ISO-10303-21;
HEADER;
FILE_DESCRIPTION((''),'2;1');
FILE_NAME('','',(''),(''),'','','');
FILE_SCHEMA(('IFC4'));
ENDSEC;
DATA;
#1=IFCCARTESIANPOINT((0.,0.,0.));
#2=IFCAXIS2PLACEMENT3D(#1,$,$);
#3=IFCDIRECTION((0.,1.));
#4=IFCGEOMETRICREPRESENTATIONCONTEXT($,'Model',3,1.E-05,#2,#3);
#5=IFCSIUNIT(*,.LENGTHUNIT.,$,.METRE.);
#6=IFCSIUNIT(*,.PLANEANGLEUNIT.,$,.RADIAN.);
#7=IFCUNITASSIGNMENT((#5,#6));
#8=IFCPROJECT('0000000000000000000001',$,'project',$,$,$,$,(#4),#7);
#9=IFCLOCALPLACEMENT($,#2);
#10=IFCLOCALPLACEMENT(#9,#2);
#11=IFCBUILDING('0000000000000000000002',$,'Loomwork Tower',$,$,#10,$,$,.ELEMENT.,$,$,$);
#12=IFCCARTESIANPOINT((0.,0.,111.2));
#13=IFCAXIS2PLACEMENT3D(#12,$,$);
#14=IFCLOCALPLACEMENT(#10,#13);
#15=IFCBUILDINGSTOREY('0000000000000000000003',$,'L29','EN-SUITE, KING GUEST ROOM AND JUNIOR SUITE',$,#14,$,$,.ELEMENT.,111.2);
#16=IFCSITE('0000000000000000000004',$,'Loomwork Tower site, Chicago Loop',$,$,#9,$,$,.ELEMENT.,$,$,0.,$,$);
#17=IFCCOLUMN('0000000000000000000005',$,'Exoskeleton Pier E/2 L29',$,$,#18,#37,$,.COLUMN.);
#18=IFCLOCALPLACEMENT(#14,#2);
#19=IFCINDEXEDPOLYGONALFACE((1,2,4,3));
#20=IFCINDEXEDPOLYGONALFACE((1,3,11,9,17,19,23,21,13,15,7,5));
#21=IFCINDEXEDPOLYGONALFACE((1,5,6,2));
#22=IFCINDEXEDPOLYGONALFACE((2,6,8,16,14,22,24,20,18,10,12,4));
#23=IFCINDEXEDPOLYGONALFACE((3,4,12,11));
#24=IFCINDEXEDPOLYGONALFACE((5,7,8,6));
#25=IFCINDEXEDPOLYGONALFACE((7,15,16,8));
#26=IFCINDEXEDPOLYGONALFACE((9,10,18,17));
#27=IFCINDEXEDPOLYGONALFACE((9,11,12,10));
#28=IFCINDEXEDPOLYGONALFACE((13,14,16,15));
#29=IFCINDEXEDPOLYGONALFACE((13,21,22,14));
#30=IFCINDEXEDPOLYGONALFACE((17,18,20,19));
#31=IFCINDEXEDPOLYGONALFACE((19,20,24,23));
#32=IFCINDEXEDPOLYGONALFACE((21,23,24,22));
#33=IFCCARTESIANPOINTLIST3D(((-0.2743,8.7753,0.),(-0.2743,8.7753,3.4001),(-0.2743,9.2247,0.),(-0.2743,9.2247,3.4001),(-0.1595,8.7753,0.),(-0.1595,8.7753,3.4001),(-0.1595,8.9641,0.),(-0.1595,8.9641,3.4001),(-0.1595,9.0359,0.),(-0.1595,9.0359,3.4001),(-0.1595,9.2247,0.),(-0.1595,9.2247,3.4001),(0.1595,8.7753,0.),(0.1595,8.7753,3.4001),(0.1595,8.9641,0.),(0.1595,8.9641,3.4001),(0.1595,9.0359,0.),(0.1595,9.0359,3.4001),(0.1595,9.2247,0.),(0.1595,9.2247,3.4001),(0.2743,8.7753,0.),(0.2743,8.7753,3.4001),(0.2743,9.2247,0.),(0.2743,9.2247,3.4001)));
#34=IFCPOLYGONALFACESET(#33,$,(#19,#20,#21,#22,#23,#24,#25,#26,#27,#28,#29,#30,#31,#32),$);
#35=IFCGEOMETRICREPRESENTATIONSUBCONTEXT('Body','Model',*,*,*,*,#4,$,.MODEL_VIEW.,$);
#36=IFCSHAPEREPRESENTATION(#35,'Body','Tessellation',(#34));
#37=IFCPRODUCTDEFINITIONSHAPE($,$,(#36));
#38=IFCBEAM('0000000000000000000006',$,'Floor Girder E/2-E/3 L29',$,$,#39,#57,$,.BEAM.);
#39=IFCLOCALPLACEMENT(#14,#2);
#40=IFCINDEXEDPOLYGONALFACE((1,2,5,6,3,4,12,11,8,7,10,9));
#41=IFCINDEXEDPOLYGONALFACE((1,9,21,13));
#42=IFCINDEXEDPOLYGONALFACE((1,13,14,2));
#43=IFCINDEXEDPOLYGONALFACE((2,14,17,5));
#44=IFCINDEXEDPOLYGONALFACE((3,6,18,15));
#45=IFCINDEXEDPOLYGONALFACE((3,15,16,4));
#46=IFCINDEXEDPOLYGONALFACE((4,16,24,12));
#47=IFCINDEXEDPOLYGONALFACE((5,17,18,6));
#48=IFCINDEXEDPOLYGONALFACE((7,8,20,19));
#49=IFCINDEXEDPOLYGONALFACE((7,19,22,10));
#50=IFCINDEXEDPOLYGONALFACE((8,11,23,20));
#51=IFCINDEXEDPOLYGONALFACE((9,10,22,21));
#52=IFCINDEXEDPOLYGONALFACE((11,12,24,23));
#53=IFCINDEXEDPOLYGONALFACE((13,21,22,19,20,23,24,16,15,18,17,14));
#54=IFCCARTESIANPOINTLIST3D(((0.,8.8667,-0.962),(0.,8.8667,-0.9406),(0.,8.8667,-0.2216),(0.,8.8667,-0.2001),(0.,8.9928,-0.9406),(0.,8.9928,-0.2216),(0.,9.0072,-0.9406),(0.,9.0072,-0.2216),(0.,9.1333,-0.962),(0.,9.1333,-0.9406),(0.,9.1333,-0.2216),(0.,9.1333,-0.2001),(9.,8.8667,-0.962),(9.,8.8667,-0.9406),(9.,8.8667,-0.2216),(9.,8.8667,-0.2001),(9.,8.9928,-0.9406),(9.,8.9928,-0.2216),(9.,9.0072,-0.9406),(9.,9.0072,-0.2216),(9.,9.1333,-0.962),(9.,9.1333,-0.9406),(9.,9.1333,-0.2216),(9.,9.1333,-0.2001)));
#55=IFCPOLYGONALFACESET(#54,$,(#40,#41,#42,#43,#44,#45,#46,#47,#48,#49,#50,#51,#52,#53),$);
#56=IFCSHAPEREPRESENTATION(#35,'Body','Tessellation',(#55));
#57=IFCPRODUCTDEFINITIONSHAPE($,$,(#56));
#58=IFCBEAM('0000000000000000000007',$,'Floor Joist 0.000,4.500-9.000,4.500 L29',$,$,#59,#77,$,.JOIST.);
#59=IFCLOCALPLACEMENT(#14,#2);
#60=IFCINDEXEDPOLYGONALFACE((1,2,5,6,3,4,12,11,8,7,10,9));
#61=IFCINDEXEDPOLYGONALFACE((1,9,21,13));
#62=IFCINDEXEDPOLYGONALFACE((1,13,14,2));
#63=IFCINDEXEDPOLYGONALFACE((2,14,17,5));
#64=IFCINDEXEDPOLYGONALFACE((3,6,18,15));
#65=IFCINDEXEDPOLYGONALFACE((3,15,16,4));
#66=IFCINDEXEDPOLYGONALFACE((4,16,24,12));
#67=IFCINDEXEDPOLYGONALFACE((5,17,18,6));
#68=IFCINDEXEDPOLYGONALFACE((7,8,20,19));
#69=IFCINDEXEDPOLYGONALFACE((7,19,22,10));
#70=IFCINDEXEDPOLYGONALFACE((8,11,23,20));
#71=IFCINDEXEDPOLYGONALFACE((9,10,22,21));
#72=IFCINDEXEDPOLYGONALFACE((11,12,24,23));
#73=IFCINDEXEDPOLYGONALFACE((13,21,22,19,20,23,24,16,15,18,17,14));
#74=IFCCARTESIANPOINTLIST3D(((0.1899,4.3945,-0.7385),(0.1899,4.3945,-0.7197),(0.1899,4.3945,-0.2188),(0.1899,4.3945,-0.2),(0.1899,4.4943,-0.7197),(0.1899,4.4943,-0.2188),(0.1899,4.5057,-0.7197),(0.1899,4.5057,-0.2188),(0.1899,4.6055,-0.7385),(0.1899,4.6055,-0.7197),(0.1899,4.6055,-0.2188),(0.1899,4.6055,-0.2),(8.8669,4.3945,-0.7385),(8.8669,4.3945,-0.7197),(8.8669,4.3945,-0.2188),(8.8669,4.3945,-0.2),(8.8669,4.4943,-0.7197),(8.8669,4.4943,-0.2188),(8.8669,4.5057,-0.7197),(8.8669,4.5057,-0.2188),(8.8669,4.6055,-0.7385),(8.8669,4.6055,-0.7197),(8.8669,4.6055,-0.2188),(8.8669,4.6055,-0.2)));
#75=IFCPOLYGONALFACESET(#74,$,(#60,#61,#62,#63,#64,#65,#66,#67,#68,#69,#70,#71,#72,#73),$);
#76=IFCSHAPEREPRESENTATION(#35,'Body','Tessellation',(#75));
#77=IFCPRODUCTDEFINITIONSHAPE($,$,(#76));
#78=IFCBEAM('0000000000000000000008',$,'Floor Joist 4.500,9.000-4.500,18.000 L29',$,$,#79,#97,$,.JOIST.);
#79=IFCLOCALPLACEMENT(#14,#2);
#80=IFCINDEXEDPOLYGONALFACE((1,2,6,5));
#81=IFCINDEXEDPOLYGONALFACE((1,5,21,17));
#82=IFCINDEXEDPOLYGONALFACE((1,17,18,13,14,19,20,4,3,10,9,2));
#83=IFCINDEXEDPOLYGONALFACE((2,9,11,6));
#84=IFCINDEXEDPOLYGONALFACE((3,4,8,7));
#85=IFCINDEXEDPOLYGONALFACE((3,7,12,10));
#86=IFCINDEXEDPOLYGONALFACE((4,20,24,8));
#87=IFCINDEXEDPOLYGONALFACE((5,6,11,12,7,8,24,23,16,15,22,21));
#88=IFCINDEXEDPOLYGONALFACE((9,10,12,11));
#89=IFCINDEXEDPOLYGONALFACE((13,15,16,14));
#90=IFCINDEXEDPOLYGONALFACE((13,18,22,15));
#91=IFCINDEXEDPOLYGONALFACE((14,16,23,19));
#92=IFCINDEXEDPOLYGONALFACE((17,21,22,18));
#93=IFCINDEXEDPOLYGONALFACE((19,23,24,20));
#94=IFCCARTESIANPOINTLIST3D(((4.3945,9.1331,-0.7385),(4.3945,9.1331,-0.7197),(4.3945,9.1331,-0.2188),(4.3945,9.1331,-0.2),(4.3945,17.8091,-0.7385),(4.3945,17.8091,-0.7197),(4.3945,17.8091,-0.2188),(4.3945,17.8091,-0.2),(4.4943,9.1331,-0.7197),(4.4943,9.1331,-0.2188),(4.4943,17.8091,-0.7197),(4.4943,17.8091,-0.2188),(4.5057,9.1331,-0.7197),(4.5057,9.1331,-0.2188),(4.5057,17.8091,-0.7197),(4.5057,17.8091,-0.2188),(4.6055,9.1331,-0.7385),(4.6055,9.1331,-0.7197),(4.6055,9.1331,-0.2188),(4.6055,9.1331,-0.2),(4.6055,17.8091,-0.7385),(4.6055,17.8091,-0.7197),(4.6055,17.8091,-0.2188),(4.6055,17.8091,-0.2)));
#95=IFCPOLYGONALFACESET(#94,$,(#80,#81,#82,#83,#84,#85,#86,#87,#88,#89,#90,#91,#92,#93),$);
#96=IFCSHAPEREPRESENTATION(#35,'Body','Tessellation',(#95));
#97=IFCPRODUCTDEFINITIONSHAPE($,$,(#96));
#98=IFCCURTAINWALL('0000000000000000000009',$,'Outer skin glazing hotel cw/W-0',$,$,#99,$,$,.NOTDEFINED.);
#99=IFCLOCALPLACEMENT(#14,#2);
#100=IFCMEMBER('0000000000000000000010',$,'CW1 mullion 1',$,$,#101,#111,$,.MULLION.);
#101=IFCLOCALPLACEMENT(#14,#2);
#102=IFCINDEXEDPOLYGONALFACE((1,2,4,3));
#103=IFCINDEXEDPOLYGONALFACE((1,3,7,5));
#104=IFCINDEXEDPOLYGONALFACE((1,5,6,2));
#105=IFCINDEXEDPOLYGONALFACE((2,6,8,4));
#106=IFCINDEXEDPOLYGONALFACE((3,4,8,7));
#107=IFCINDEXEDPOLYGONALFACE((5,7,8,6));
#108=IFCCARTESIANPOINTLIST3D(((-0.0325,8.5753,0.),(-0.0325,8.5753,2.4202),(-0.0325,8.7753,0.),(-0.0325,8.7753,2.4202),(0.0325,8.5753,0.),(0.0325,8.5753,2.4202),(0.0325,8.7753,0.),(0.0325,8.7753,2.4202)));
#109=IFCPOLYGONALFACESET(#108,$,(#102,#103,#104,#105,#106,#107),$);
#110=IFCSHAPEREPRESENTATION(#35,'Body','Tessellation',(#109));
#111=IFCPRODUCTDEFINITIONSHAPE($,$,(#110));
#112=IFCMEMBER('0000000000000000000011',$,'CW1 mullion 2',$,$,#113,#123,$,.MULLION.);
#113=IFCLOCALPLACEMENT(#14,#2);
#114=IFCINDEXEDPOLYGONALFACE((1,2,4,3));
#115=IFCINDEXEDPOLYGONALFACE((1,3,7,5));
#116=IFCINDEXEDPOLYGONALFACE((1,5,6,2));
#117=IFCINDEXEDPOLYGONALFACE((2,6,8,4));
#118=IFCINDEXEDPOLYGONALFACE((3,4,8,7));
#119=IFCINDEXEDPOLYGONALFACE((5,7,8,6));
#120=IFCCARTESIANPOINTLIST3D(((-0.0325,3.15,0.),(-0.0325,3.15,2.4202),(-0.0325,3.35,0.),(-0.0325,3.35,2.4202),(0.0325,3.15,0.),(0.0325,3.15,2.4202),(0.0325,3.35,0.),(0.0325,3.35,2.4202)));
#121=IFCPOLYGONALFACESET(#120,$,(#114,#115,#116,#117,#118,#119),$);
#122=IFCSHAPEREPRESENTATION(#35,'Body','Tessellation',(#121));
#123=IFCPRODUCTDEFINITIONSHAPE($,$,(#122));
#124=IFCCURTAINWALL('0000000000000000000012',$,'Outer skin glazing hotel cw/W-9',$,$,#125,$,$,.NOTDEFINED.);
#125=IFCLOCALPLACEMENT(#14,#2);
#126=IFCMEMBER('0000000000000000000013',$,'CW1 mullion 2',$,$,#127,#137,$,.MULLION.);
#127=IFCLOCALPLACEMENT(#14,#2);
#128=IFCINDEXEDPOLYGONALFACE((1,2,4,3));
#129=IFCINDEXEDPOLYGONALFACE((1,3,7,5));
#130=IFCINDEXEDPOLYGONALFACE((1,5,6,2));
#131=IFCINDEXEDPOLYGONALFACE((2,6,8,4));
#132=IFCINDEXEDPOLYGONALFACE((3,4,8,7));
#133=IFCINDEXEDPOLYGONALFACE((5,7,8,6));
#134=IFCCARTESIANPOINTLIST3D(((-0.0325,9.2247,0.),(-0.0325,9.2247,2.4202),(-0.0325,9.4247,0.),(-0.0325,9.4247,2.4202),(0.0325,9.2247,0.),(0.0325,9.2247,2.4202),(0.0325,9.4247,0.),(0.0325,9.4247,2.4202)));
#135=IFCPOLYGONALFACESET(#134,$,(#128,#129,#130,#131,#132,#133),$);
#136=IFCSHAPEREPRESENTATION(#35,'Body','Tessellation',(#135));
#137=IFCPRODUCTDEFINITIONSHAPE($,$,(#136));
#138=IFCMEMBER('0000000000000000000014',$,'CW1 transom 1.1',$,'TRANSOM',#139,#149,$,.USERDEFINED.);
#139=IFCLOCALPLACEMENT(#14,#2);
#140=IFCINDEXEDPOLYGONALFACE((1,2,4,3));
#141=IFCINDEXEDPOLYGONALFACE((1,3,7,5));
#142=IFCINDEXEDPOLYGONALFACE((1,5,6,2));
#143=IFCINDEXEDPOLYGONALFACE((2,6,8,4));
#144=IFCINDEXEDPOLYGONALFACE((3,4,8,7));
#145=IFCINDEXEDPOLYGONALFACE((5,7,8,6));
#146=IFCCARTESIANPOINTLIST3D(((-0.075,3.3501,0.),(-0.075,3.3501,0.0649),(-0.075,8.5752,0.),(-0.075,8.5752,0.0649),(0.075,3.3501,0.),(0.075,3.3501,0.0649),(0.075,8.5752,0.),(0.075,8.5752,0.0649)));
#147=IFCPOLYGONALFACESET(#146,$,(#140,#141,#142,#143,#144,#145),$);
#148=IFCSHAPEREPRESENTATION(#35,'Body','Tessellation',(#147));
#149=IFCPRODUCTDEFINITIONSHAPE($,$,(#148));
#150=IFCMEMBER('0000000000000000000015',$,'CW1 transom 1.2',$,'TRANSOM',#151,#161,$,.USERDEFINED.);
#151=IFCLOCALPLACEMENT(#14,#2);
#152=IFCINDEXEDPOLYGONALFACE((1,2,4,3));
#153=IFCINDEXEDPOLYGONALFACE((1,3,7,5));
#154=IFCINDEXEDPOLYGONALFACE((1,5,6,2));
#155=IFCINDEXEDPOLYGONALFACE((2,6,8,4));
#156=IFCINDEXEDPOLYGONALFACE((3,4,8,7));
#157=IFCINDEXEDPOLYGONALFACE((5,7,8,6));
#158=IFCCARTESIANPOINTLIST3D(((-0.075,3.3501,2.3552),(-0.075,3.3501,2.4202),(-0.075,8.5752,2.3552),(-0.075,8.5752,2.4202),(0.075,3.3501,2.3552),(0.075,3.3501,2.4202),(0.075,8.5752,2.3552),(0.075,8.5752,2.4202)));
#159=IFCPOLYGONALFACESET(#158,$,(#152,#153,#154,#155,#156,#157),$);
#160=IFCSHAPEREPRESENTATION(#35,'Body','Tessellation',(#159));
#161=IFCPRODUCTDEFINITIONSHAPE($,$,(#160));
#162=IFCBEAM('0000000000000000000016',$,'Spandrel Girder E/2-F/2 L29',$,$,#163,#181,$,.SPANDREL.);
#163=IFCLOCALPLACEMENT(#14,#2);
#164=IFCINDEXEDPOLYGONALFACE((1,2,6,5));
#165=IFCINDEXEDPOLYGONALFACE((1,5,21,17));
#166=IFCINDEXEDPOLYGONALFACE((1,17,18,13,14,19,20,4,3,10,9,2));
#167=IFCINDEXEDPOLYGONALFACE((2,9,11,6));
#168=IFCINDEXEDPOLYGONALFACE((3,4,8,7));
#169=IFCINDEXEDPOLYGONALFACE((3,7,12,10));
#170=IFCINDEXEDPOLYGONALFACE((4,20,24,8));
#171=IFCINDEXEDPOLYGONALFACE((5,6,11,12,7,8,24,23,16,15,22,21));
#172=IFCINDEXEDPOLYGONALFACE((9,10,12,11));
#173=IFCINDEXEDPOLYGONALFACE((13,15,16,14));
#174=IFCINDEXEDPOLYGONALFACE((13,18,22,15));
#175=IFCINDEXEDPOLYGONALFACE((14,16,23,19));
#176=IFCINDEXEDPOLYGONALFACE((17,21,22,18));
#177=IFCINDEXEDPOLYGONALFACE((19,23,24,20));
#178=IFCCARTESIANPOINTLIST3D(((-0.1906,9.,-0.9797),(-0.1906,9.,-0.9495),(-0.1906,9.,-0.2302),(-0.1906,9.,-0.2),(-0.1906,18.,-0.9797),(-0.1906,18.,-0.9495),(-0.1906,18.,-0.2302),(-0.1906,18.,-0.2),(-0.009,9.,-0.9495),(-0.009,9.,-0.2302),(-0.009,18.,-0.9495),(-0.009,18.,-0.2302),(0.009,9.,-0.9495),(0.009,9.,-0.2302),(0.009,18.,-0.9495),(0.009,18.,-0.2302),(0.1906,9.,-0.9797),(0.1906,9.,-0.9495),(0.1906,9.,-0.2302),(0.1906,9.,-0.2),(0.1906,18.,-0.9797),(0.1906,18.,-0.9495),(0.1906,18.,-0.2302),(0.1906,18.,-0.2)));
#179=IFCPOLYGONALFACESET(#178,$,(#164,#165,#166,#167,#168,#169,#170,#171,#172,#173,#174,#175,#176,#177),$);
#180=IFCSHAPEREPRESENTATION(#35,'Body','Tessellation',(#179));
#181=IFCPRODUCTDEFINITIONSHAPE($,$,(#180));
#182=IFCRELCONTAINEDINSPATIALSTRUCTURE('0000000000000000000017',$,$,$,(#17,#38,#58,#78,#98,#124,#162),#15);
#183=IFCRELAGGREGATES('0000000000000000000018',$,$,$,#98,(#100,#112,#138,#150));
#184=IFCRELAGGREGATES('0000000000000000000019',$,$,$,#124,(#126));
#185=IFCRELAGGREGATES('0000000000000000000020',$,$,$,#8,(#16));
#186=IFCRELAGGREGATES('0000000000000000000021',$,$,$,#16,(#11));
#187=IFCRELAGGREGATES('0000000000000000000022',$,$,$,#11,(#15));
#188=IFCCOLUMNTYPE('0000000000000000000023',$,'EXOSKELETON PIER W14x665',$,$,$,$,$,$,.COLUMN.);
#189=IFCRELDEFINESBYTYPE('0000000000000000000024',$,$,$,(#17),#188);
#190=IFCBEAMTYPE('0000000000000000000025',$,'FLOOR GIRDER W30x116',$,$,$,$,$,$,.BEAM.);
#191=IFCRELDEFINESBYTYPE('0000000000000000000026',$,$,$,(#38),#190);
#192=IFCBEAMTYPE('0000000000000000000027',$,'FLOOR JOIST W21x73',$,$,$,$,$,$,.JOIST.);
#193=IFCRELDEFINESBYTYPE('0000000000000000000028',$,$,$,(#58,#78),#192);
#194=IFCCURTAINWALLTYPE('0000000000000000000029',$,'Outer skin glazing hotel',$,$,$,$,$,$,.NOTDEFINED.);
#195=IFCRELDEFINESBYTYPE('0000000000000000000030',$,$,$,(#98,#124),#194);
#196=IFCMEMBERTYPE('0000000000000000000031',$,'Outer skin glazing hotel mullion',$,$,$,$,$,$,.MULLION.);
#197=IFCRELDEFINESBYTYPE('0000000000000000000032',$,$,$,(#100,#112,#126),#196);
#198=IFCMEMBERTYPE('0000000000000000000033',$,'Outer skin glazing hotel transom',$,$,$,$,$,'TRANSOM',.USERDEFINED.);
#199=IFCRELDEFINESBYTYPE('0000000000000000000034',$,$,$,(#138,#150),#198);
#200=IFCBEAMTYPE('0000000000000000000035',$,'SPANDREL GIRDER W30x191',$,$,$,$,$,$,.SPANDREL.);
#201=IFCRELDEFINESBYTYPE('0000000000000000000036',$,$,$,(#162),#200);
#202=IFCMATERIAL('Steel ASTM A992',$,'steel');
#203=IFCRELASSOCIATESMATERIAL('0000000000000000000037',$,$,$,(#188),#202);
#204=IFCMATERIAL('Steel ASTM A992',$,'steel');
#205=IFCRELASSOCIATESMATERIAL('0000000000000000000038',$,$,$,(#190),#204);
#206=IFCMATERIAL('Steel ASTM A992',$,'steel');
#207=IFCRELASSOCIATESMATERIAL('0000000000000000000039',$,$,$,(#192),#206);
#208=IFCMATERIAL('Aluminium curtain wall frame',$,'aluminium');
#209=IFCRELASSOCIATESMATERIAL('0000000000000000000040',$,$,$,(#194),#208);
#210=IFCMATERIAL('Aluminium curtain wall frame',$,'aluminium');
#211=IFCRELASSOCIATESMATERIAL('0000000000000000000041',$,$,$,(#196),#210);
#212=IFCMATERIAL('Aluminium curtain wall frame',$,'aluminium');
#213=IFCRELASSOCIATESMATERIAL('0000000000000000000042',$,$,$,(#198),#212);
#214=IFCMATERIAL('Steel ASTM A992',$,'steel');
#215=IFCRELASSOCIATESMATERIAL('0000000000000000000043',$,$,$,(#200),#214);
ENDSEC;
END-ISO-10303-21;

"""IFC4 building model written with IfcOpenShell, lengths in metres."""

from ifc_helpers import new_model, si_unit, direction, frame, origin, origin_2d, place, context, subcontext, project, spatial, rectangle, i_section, extrude, material, material_profile, profile_set, type_object, element, aggregate, save


model = new_model("IFC4")

# Units and contexts
model_context = context("Model", 3, precision=1e-05, world=origin(), true_north=direction((0.0, 1.0)))
body_context = subcontext(model_context, "Body", "Model", "MODEL_VIEW")
ifc_project = project(units=[si_unit("LENGTHUNIT", "METRE"), si_unit("PLANEANGLEUNIT", "RADIAN")], contexts=[model_context])

# Site, building, storey
site_placement = place(None, origin())
site = spatial("IfcSite", under=ifc_project, at=site_placement, Name="Loomwork Tower site, Chicago Loop", CompositionType="ELEMENT", RefElevation=0.0)
building_placement = place(site_placement, origin())
building = spatial("IfcBuilding", under=site, at=building_placement, Name="Loomwork Tower", CompositionType="ELEMENT")
storey_placement = place(building_placement, frame((0.0, 0.0, 111.2)))
storey = spatial("IfcBuildingStorey", under=building, at=storey_placement, Name="L29", Description="EN-SUITE, KING GUEST ROOM AND JUNIOR SUITE", CompositionType="ELEMENT", Elevation=111.2)

# Column
ifc_material_1 = material(Name="Steel ASTM A992", Category="steel")
ifc_material_profile_1 = material_profile(ifc_material_1, i_section(OverallWidth=0.4495, OverallDepth=0.5486, WebThickness=0.0718, FlangeThickness=0.1147, at=origin_2d()), Name="W14x665")
ifc_profile_set_1 = profile_set([ifc_material_profile_1], Name="Steel ASTM A992")
column_type = type_object("IfcColumnType", Name="EXOSKELETON PIER W14x665", PredefinedType="COLUMN", material=ifc_profile_set_1)
column_placement = place(storey_placement, frame((0.0, 9.0, 0.0), z_axis=(0.0, 0.0, 1.0), x_axis=(0.0, 1.0, 0.0)))
element("IfcColumn", 1, at=column_placement, inside=storey, type_object=column_type, Name="Exoskeleton Pier E/2 L29", PredefinedType="COLUMN", context=body_context, shape_type="SweptSolid", body=[
    extrude(i_section(OverallWidth=0.4495, OverallDepth=0.5486, WebThickness=0.0718, FlangeThickness=0.1147, at=origin_2d()), origin(), (0.0, 0.0, 1.0), 3.4001),
])

# Beams
ifc_material_2 = material(Name="Steel ASTM A992", Category="steel")
ifc_material_profile_2 = material_profile(ifc_material_2, i_section(OverallWidth=0.2666, OverallDepth=0.762, WebThickness=0.0144, FlangeThickness=0.0215, at=origin_2d()), Name="W30x116")
ifc_profile_set_2 = profile_set([ifc_material_profile_2], Name="Steel ASTM A992")
beam_type_1 = type_object("IfcBeamType", Name="FLOOR GIRDER W30x116", PredefinedType="BEAM", material=ifc_profile_set_2)
beam_1_placement = place(storey_placement, frame((0.0, 9.0, -0.5811), z_axis=(1.0, 0.0, 0.0), x_axis=(0.0, 1.0, 0.0)))
element("IfcBeam", 2, at=beam_1_placement, inside=storey, type_object=beam_type_1, Name="Floor Girder E/2-E/3 L29", PredefinedType="BEAM", context=body_context, shape_type="SweptSolid", body=[
    extrude(i_section(OverallWidth=0.2666, OverallDepth=0.762, WebThickness=0.0144, FlangeThickness=0.0215, at=origin_2d()), origin(), (0.0, 0.0, 1.0), 9.0),
])
ifc_material_3 = material(Name="Steel ASTM A992", Category="steel")
ifc_material_profile_3 = material_profile(ifc_material_3, i_section(OverallWidth=0.2109, OverallDepth=0.5386, WebThickness=0.0115, FlangeThickness=0.0188, at=origin_2d()), Name="W21x73")
ifc_profile_set_3 = profile_set([ifc_material_profile_3], Name="Steel ASTM A992")
beam_type_2 = type_object("IfcBeamType", Name="FLOOR JOIST W21x73", PredefinedType="JOIST", material=ifc_profile_set_3)
beam_2_placement = place(storey_placement, frame((0.1899, 4.5, -0.4692), z_axis=(1.0, 0.0, 0.0), x_axis=(0.0, 1.0, 0.0)))
element("IfcBeam", 3, at=beam_2_placement, inside=storey, type_object=beam_type_2, Name="Floor Joist 0.000,4.500-9.000,4.500 L29", PredefinedType="JOIST", context=body_context, shape_type="SweptSolid", body=[
    extrude(i_section(OverallWidth=0.2109, OverallDepth=0.5386, WebThickness=0.0115, FlangeThickness=0.0188, at=origin_2d()), origin(), (0.0, 0.0, 1.0), 8.677),
])
beam_3_placement = place(storey_placement, frame((4.5, 9.1331, -0.4692), z_axis=(0.0, 1.0, 0.0), x_axis=(-1.0, 0.0, 0.0)))
element("IfcBeam", 4, at=beam_3_placement, inside=storey, type_object=beam_type_2, Name="Floor Joist 4.500,9.000-4.500,18.000 L29", PredefinedType="JOIST", context=body_context, shape_type="SweptSolid", body=[
    extrude(i_section(OverallWidth=0.2109, OverallDepth=0.5386, WebThickness=0.0115, FlangeThickness=0.0188, at=origin_2d()), origin(), (0.0, 0.0, 1.0), 8.676),
])

# Curtain wall, members
ifc_material_4 = material(Name="Aluminium curtain wall frame", Category="aluminium")
curtain_wall_type = type_object("IfcCurtainWallType", Name="Outer skin glazing hotel", PredefinedType="NOTDEFINED", material=ifc_material_4)
curtain_wall_1_placement = place(storey_placement, origin())
curtain_wall_1 = element("IfcCurtainWall", 5, at=curtain_wall_1_placement, inside=storey, type_object=curtain_wall_type, Name="Outer skin glazing hotel cw/W-0", PredefinedType="NOTDEFINED")
ifc_material_5 = material(Name="Aluminium curtain wall frame", Category="aluminium")
ifc_material_profile_4 = material_profile(ifc_material_5, rectangle(XDim=0.0649, YDim=0.2, at=origin_2d()), Name="AL 65x200")
ifc_profile_set_4 = profile_set([ifc_material_profile_4], Name="Aluminium curtain wall frame")
member_type_1 = type_object("IfcMemberType", Name="Outer skin glazing hotel mullion", PredefinedType="MULLION", material=ifc_profile_set_4)
member_1_placement = place(storey_placement, frame((0.0, 8.6753, 0.0), z_axis=(0.0, 0.0, 1.0), x_axis=(1.0, 0.0, 0.0)))
member_1 = element("IfcMember", 6, at=member_1_placement, type_object=member_type_1, Name="CW1 mullion 1", PredefinedType="MULLION", context=body_context, shape_type="SweptSolid", body=[
    extrude(rectangle(XDim=0.0649, YDim=0.2, at=origin_2d()), origin(), (0.0, 0.0, 1.0), 2.4202),
])
member_2_placement = place(storey_placement, frame((0.0, 3.25, 0.0), z_axis=(0.0, 0.0, 1.0), x_axis=(1.0, 0.0, 0.0)))
member_2 = element("IfcMember", 7, at=member_2_placement, type_object=member_type_1, Name="CW1 mullion 2", PredefinedType="MULLION", context=body_context, shape_type="SweptSolid", body=[
    extrude(rectangle(XDim=0.0649, YDim=0.2, at=origin_2d()), origin(), (0.0, 0.0, 1.0), 2.4202),
])

# Curtain wall, member
curtain_wall_2_placement = place(storey_placement, origin())
curtain_wall_2 = element("IfcCurtainWall", 8, at=curtain_wall_2_placement, inside=storey, type_object=curtain_wall_type, Name="Outer skin glazing hotel cw/W-9", PredefinedType="NOTDEFINED")
member_3_placement = place(storey_placement, frame((0.0, 9.3247, 0.0), z_axis=(0.0, 0.0, 1.0), x_axis=(1.0, 0.0, 0.0)))
member_3 = element("IfcMember", 9, at=member_3_placement, type_object=member_type_1, Name="CW1 mullion 2", PredefinedType="MULLION", context=body_context, shape_type="SweptSolid", body=[
    extrude(rectangle(XDim=0.0649, YDim=0.2, at=origin_2d()), origin(), (0.0, 0.0, 1.0), 2.4202),
])

# Members
ifc_material_6 = material(Name="Aluminium curtain wall frame", Category="aluminium")
ifc_material_profile_5 = material_profile(ifc_material_6, rectangle(XDim=0.1499, YDim=0.0649, at=origin_2d()), Name="AL 65x150")
ifc_profile_set_5 = profile_set([ifc_material_profile_5], Name="Aluminium curtain wall frame")
member_type_2 = type_object("IfcMemberType", Name="Outer skin glazing hotel transom", ElementType="TRANSOM", PredefinedType="USERDEFINED", material=ifc_profile_set_5)
member_4_placement = place(storey_placement, frame((0.0, 8.5752, 0.0325), z_axis=(0.0, -1.0, 0.0), x_axis=(1.0, 0.0, 0.0)))
member_4 = element("IfcMember", 10, at=member_4_placement, type_object=member_type_2, Name="CW1 transom 1.1", ObjectType="TRANSOM", PredefinedType="USERDEFINED", context=body_context, shape_type="SweptSolid", body=[
    extrude(rectangle(XDim=0.1499, YDim=0.0649, at=origin_2d()), origin(), (0.0, 0.0, 1.0), 5.2251),
])
member_5_placement = place(storey_placement, frame((0.0, 8.5752, 2.3877), z_axis=(0.0, -1.0, 0.0), x_axis=(1.0, 0.0, 0.0)))
member_5 = element("IfcMember", 11, at=member_5_placement, type_object=member_type_2, Name="CW1 transom 1.2", ObjectType="TRANSOM", PredefinedType="USERDEFINED", context=body_context, shape_type="SweptSolid", body=[
    extrude(rectangle(XDim=0.1499, YDim=0.0649, at=origin_2d()), origin(), (0.0, 0.0, 1.0), 5.2251),
])

# Beam
ifc_material_7 = material(Name="Steel ASTM A992", Category="steel")
ifc_material_profile_6 = material_profile(ifc_material_7, i_section(OverallWidth=0.3811, OverallDepth=0.7798, WebThickness=0.0181, FlangeThickness=0.0303, at=origin_2d()), Name="W30x191")
ifc_profile_set_6 = profile_set([ifc_material_profile_6], Name="Steel ASTM A992")
beam_type_3 = type_object("IfcBeamType", Name="SPANDREL GIRDER W30x191", PredefinedType="SPANDREL", material=ifc_profile_set_6)
beam_4_placement = place(storey_placement, frame((0.0, 9.0, -0.5898), z_axis=(0.0, 1.0, 0.0), x_axis=(-1.0, 0.0, 0.0)))
element("IfcBeam", 12, at=beam_4_placement, inside=storey, type_object=beam_type_3, Name="Spandrel Girder E/2-F/2 L29", PredefinedType="SPANDREL", context=body_context, shape_type="SweptSolid", body=[
    extrude(i_section(OverallWidth=0.3811, OverallDepth=0.7798, WebThickness=0.0181, FlangeThickness=0.0303, at=origin_2d()), origin(), (0.0, 0.0, 1.0), 9.0),
])

aggregate(curtain_wall_1, [member_1, member_2, member_4, member_5])
aggregate(curtain_wall_2, [member_3])

save(model, "model.ifc")
